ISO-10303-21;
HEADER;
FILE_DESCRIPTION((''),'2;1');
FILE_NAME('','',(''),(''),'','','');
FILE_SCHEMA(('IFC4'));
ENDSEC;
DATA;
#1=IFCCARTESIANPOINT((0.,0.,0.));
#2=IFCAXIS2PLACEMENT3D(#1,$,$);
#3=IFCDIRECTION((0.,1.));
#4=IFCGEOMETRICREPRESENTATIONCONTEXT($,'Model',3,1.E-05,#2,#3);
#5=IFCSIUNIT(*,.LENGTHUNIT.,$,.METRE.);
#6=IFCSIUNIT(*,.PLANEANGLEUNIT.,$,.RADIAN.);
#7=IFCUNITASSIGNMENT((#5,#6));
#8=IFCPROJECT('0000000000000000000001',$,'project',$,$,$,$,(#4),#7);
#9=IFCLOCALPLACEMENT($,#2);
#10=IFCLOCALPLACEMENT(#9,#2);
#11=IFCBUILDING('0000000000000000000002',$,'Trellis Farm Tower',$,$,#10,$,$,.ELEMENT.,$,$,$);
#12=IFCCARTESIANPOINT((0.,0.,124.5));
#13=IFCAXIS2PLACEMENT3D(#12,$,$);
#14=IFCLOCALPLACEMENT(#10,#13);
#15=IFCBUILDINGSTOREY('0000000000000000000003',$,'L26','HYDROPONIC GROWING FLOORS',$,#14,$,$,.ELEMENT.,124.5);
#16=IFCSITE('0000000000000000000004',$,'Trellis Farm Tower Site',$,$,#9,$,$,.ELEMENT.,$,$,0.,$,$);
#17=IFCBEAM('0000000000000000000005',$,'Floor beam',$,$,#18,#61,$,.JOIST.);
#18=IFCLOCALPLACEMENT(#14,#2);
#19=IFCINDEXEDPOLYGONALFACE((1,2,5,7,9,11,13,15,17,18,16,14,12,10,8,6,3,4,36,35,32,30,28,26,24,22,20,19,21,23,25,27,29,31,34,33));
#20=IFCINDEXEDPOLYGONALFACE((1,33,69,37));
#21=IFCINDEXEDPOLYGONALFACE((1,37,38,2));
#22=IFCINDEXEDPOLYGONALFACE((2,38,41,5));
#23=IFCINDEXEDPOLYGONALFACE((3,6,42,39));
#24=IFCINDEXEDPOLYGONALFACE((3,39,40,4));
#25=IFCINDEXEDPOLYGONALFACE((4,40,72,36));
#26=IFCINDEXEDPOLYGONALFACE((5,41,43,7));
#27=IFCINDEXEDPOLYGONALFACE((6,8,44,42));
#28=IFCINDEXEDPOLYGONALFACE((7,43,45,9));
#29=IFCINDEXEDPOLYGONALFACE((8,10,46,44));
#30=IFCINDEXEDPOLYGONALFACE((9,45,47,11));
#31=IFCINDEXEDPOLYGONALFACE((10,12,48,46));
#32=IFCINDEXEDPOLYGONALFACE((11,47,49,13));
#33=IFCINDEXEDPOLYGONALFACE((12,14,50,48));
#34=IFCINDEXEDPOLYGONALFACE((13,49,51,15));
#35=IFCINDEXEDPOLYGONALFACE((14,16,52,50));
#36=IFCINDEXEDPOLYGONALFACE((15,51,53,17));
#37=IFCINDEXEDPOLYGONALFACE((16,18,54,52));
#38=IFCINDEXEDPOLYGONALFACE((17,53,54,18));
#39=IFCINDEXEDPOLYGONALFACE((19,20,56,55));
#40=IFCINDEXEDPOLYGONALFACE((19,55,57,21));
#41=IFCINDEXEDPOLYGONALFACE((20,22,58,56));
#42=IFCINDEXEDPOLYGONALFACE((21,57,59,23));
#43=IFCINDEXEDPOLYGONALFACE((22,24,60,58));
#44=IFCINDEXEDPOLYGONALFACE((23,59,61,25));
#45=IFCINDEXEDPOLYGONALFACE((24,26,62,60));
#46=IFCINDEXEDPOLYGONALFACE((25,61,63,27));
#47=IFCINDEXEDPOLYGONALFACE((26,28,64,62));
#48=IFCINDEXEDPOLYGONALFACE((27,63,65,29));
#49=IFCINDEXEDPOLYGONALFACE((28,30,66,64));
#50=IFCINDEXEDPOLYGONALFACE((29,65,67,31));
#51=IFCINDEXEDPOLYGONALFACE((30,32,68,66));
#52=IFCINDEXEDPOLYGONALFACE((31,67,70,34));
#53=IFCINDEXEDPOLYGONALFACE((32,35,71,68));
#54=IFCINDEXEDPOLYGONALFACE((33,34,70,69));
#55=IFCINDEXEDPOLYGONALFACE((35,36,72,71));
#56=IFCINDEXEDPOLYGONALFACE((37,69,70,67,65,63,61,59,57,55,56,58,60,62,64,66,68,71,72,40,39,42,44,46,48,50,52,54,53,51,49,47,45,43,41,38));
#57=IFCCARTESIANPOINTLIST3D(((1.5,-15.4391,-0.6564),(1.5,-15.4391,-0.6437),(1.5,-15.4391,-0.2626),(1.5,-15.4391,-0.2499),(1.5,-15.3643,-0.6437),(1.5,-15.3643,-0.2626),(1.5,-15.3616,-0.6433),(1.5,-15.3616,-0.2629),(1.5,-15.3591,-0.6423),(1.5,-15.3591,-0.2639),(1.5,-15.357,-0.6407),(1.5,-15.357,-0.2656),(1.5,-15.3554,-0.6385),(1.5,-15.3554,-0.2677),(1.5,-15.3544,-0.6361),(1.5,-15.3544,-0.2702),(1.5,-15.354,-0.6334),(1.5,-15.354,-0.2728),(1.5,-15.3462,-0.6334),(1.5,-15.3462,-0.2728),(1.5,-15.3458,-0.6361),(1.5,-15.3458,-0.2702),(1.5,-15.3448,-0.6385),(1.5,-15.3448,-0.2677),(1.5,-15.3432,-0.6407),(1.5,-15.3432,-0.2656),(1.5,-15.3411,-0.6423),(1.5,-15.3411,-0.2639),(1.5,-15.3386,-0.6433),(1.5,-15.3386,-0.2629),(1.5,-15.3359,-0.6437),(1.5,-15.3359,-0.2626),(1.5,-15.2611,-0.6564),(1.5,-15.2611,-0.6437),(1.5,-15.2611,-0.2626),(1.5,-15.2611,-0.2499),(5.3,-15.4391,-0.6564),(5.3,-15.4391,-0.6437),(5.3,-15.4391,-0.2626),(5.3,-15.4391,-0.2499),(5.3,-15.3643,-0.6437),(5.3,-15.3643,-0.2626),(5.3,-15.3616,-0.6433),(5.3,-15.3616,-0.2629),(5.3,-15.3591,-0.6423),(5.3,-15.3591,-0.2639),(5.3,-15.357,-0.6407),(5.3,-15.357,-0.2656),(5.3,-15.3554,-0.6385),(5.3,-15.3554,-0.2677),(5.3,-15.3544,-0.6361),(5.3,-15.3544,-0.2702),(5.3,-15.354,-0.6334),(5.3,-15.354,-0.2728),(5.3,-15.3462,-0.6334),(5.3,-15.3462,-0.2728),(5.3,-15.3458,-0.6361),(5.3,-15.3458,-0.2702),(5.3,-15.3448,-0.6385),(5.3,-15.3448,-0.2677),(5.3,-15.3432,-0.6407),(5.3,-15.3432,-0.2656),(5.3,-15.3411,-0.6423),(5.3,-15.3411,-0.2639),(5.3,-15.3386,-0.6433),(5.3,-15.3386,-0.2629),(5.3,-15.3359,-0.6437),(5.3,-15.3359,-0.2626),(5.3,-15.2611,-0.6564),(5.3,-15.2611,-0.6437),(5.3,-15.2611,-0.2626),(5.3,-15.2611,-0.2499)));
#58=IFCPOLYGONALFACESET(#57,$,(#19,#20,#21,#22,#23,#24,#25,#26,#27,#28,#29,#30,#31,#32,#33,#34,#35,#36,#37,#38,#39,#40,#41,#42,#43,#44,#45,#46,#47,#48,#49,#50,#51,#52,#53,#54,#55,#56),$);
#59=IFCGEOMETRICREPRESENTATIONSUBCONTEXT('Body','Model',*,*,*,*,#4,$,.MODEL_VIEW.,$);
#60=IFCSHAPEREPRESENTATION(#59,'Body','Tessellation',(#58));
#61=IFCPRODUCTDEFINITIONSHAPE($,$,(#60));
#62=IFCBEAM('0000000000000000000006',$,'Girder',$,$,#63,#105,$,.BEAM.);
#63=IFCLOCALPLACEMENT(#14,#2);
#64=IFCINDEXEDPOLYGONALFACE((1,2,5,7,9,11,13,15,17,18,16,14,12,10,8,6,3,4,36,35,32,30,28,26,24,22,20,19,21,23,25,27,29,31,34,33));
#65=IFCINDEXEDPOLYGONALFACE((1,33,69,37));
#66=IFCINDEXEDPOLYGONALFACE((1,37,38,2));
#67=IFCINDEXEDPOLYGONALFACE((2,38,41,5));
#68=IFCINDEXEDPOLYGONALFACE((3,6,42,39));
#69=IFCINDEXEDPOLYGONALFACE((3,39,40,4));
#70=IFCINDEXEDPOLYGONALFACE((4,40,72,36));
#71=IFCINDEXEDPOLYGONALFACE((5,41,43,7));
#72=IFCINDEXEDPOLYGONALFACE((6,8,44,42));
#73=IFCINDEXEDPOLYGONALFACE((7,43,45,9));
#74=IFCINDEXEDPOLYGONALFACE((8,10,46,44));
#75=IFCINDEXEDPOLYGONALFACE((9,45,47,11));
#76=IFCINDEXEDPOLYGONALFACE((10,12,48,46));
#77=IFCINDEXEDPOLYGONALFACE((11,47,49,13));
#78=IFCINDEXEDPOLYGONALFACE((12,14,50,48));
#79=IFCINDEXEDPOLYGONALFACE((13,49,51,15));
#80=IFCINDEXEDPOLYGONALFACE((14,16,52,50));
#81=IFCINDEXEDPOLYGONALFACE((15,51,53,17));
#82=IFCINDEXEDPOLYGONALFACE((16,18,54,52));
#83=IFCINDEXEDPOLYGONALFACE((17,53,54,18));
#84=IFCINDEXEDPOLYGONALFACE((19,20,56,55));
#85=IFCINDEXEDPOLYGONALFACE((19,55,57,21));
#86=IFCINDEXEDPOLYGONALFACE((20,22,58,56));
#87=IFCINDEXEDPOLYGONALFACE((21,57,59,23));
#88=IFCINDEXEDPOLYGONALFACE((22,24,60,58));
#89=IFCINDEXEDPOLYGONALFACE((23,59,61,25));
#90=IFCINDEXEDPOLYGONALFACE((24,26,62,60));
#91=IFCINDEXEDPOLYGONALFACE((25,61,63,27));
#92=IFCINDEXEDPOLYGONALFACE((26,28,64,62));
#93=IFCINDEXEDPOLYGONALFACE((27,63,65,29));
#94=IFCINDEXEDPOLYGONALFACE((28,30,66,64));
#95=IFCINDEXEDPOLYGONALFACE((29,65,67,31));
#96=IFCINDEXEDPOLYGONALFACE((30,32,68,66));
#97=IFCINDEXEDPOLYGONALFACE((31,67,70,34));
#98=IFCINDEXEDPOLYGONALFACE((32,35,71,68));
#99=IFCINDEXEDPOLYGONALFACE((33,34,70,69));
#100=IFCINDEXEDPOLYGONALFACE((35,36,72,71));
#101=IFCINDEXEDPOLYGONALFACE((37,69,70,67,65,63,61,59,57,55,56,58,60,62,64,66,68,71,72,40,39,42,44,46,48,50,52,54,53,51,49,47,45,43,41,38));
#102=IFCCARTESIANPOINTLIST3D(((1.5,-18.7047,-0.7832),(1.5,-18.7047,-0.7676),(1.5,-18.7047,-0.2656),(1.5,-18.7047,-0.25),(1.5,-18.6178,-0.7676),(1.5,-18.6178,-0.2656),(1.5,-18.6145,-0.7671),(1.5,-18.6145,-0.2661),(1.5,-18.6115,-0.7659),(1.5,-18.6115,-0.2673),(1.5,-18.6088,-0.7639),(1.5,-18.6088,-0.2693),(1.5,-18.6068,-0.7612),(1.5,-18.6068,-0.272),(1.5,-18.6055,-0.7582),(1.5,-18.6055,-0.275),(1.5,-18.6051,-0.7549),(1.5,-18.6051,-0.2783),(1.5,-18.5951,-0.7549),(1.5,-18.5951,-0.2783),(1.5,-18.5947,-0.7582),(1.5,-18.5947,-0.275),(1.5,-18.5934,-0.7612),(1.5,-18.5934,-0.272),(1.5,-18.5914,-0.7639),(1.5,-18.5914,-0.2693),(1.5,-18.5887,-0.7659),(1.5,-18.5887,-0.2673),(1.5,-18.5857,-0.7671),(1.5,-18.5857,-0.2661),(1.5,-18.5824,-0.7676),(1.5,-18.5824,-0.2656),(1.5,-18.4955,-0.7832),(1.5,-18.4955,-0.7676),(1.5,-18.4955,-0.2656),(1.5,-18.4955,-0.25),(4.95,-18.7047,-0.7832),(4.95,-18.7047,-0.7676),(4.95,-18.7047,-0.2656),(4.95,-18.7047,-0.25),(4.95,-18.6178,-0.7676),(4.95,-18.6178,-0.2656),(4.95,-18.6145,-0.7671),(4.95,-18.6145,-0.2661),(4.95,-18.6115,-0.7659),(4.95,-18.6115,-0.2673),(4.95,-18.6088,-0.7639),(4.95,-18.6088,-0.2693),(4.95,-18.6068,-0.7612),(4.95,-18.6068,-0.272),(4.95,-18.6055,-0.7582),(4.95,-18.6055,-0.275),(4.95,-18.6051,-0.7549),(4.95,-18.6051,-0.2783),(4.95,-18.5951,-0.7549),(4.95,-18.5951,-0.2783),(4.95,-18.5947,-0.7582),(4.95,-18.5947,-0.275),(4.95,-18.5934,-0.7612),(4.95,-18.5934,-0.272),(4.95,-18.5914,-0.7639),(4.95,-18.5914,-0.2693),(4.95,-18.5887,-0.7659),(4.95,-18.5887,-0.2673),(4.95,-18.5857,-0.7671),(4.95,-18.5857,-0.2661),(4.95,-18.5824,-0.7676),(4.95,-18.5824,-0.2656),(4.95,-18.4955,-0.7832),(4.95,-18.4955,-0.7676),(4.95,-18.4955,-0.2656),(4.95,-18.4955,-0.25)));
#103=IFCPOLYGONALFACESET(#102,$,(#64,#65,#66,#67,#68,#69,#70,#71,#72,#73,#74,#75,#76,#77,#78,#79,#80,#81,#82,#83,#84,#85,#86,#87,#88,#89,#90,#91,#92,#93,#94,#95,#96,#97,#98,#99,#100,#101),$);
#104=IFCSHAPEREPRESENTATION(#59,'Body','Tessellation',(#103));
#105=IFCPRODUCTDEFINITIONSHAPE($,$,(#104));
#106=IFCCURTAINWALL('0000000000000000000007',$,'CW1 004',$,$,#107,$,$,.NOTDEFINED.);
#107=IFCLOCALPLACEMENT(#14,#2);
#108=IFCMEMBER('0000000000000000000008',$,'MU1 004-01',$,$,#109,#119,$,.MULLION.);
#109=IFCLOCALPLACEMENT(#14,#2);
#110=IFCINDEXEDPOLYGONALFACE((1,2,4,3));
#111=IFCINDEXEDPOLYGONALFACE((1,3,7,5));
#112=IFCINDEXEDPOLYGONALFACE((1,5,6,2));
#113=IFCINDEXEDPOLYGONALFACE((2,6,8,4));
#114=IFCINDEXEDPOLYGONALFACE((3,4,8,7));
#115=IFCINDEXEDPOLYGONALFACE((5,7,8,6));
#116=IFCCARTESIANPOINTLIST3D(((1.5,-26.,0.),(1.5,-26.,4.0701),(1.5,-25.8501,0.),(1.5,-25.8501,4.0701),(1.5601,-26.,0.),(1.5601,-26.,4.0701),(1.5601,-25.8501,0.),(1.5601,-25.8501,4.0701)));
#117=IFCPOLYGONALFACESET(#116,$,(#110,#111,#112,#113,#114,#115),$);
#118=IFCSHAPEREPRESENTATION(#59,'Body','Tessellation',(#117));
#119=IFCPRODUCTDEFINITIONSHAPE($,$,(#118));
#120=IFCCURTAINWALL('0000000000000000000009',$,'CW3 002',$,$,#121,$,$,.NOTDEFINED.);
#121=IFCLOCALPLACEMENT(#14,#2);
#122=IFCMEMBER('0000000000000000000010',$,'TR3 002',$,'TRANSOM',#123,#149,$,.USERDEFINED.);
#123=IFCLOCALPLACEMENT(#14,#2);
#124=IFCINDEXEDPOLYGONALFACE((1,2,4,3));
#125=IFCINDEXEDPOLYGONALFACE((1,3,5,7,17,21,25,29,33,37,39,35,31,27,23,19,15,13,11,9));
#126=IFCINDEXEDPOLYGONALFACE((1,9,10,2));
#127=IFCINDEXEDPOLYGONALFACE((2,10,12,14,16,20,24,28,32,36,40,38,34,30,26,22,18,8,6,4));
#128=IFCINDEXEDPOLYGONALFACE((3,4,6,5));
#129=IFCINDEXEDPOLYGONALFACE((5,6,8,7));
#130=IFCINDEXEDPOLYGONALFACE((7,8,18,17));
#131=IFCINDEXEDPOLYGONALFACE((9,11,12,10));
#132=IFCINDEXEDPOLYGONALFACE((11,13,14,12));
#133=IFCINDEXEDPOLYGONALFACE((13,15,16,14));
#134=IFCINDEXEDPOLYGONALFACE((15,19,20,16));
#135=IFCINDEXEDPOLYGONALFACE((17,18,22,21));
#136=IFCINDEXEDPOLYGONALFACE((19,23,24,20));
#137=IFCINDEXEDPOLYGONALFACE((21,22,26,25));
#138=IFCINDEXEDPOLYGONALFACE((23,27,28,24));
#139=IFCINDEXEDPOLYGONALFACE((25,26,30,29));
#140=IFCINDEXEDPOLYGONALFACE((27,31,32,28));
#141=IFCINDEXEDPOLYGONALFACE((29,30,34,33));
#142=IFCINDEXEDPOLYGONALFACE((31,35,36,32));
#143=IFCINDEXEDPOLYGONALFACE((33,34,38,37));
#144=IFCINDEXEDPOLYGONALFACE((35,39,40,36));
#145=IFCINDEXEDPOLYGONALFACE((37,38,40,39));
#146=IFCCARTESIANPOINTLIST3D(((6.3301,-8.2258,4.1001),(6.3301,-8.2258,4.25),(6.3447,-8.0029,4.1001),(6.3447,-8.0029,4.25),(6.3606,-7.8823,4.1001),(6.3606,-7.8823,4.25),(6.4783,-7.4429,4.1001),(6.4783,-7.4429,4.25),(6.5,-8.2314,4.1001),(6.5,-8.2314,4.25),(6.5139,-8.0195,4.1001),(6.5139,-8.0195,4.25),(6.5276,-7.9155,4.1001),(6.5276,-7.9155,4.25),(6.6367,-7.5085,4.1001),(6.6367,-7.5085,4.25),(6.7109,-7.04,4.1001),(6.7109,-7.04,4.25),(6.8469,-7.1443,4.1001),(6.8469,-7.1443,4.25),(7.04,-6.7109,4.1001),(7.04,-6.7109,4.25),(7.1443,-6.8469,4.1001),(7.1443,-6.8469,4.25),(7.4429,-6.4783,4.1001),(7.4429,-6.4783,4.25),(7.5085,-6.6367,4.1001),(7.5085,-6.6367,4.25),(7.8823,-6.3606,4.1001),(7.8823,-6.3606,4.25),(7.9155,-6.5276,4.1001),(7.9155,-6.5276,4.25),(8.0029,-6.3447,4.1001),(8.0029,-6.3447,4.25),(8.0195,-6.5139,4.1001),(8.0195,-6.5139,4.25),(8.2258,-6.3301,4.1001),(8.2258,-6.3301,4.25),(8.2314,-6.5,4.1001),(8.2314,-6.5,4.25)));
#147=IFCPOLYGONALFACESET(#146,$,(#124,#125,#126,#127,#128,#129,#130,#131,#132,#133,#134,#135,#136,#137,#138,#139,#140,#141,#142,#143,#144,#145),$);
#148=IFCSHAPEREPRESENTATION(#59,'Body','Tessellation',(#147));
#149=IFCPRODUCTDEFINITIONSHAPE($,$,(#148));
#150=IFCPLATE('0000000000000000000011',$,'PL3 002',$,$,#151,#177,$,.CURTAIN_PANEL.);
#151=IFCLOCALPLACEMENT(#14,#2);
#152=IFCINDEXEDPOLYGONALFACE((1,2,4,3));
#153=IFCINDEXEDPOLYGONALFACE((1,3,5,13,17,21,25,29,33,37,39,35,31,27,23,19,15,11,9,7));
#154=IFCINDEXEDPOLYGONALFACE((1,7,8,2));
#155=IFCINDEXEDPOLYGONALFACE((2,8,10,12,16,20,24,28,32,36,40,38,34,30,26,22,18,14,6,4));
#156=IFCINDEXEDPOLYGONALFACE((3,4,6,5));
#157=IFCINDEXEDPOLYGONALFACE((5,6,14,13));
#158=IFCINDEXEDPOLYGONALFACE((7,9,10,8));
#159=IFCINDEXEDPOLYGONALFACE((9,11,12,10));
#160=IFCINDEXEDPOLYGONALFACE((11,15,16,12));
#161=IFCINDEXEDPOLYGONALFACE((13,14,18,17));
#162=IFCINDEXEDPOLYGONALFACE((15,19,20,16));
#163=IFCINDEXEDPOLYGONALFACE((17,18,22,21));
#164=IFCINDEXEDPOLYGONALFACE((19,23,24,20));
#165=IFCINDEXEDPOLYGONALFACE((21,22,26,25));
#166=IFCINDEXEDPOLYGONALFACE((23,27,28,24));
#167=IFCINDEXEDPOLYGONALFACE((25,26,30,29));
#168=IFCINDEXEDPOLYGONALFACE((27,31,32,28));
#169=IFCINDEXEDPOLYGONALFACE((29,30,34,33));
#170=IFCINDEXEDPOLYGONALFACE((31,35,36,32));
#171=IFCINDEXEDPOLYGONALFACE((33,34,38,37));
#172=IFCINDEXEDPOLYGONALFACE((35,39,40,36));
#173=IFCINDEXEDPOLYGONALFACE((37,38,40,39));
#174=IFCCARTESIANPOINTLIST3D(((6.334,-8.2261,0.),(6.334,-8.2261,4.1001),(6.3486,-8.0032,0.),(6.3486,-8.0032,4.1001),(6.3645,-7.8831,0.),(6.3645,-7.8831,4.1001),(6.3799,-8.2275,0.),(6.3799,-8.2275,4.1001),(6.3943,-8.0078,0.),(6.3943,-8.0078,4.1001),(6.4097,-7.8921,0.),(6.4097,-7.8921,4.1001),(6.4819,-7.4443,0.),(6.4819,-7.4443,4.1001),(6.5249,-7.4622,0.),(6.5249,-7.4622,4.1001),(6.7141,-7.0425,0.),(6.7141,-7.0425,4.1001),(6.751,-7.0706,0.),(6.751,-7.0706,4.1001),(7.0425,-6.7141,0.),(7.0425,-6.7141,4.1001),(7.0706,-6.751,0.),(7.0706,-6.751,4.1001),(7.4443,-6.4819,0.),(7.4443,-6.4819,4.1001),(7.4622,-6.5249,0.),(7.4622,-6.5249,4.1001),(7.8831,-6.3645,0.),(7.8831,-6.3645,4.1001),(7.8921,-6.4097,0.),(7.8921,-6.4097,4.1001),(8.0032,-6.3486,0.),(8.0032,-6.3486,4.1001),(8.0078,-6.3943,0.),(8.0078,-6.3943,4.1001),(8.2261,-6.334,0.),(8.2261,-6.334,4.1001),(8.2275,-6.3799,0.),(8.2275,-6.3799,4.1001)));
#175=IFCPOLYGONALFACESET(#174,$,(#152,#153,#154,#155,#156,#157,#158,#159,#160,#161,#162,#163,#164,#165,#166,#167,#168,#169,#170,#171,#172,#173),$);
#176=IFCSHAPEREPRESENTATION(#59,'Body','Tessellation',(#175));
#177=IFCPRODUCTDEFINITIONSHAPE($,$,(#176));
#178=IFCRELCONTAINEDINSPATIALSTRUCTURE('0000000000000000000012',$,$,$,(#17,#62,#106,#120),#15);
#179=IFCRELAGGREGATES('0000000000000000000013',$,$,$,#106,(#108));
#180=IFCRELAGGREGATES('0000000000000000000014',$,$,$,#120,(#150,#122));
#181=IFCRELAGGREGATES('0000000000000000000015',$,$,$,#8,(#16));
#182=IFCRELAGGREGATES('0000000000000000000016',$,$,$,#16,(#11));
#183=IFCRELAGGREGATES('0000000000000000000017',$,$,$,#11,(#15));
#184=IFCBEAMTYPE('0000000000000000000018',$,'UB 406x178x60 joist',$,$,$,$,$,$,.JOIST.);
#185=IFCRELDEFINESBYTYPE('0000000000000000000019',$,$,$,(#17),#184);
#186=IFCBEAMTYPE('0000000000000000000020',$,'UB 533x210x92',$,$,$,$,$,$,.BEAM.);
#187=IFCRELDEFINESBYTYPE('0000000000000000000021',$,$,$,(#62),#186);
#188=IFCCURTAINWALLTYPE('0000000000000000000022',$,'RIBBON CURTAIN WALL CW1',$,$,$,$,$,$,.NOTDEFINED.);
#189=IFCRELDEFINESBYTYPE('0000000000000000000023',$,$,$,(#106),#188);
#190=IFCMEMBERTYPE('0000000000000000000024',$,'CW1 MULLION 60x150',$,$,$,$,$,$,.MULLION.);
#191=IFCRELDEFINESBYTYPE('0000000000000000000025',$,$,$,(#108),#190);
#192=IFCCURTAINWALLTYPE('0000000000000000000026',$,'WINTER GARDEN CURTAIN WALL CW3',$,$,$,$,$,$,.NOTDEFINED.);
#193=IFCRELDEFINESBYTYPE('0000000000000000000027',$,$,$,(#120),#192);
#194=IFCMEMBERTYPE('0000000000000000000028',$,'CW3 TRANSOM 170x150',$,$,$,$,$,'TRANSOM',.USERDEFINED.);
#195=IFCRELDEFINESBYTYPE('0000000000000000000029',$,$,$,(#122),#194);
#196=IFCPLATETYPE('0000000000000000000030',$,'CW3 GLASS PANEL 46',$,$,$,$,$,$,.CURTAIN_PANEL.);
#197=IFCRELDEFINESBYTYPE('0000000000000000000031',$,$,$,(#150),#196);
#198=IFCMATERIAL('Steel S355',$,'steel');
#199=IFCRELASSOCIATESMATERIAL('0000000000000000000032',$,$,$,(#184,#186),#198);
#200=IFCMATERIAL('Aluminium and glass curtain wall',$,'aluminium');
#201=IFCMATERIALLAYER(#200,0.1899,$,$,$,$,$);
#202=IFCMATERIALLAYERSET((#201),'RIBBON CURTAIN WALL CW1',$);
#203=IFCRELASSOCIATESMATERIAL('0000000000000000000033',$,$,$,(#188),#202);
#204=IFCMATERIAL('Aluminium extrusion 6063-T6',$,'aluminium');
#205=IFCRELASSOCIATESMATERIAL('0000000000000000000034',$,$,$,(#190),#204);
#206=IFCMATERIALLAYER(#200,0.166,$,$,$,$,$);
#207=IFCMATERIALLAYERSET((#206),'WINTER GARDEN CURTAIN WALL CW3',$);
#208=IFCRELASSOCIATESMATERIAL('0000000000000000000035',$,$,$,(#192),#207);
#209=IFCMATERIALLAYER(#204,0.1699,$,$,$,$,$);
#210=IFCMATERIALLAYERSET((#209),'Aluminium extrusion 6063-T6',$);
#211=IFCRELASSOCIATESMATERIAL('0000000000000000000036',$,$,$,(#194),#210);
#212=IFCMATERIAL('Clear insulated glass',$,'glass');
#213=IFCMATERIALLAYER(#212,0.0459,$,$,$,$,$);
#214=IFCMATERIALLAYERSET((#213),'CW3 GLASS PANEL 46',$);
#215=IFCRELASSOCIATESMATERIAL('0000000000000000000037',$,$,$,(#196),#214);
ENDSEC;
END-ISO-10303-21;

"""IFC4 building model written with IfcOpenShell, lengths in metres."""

from ifc_helpers import new_model, si_unit, direction, frame, origin, origin_2d, place, context, subcontext, project, spatial, polyline, rectangle, i_section, outline, extrude, source, transform, mapped, material, layer, layer_set, material_profile, profile_set, type_object, element, aggregate, save


model = new_model("IFC4")

# Units and contexts
model_context = context("Model", 3, precision=1e-05, world=origin(), true_north=direction((0.0, 1.0)))
body_context = subcontext(model_context, "Body", "Model", "MODEL_VIEW")
ifc_project = project(units=[si_unit("LENGTHUNIT", "METRE"), si_unit("PLANEANGLEUNIT", "RADIAN")], contexts=[model_context])

# Site, building, storey
site_placement = place(None, origin())
site = spatial("IfcSite", under=ifc_project, at=site_placement, Name="Trellis Farm Tower Site", CompositionType="ELEMENT", RefElevation=0.0)
building_placement = place(site_placement, origin())
building = spatial("IfcBuilding", under=site, at=building_placement, Name="Trellis Farm Tower", CompositionType="ELEMENT")
storey_placement = place(building_placement, frame((0.0, 0.0, 124.5)))
storey = spatial("IfcBuildingStorey", under=building, at=storey_placement, Name="L26", Description="HYDROPONIC GROWING FLOORS", CompositionType="ELEMENT", Elevation=124.5)

# Beams
ifc_material_1 = material(Name="Steel S355", Category="steel")
ifc_material_profile_1 = material_profile(ifc_material_1, i_section(OverallWidth=0.178, OverallDepth=0.4065, WebThickness=0.0078, FlangeThickness=0.0127, FilletRadius=0.0103, at=origin_2d()), Name="UB 406x178x60")
ifc_profile_set_1 = profile_set([ifc_material_profile_1], Name="Steel S355")
beam_type_1 = type_object("IfcBeamType", Name="UB 406x178x60 joist", PredefinedType="JOIST", material=ifc_profile_set_1)
shared_shape_1 = source(origin(), body_context, "Body", "SweptSolid", [
    extrude(i_section(OverallWidth=0.178, OverallDepth=0.4065, WebThickness=0.0078, FlangeThickness=0.0127, FilletRadius=0.0103, at=origin_2d()), origin(), (0.0, 0.0, 1.0), 3.8),
])
beam_1_placement = place(storey_placement, frame((1.5, -15.3501, -0.4531), z_axis=(1.0, 0.0, 0.0), x_axis=(0.0, 1.0, 0.0)))
element("IfcBeam", 1, at=beam_1_placement, inside=storey, type_object=beam_type_1, Name="Floor beam", PredefinedType="JOIST", context=body_context, shape_type="MappedRepresentation", body=[
    mapped(shared_shape_1, transform((0.0, 0.0, 0.0))),
])
ifc_material_profile_2 = material_profile(ifc_material_1, i_section(OverallWidth=0.2092, OverallDepth=0.5332, WebThickness=0.01, FlangeThickness=0.0156, FilletRadius=0.0127, at=origin_2d()), Name="UB 533x210x92")
ifc_profile_set_2 = profile_set([ifc_material_profile_2], Name="Steel S355")
beam_type_2 = type_object("IfcBeamType", Name="UB 533x210x92", PredefinedType="BEAM", material=ifc_profile_set_2)
shared_shape_2 = source(origin(), body_context, "Body", "SweptSolid", [
    extrude(i_section(OverallWidth=0.2092, OverallDepth=0.5332, WebThickness=0.01, FlangeThickness=0.0156, FilletRadius=0.0127, at=origin_2d()), origin(), (0.0, 0.0, 1.0), 3.45),
])
beam_2_placement = place(storey_placement, frame((1.5, -18.6001, -0.5166), z_axis=(1.0, 0.0, 0.0), x_axis=(0.0, 1.0, 0.0)))
element("IfcBeam", 2, at=beam_2_placement, inside=storey, type_object=beam_type_2, Name="Girder", PredefinedType="BEAM", context=body_context, shape_type="MappedRepresentation", body=[
    mapped(shared_shape_2, transform((0.0, 0.0, 0.0))),
])

# Curtain wall, member
ifc_material_2 = material(Name="Aluminium and glass curtain wall", Category="aluminium")
ifc_layer_1 = layer(ifc_material_2, 0.1899)
ifc_layer_set_1 = layer_set([ifc_layer_1], Name="RIBBON CURTAIN WALL CW1")
curtain_wall_type_1 = type_object("IfcCurtainWallType", Name="RIBBON CURTAIN WALL CW1", PredefinedType="NOTDEFINED", material=ifc_layer_set_1)
placement = place(storey_placement, origin())
curtain_wall_1 = element("IfcCurtainWall", 3, at=placement, inside=storey, type_object=curtain_wall_type_1, Name="CW1 004", PredefinedType="NOTDEFINED")
ifc_material_3 = material(Name="Aluminium extrusion 6063-T6", Category="aluminium")
ifc_material_profile_3 = material_profile(ifc_material_3, rectangle(XDim=0.0601, YDim=0.1499, at=origin_2d()), Name="MULLION 60x150")
ifc_profile_set_3 = profile_set([ifc_material_profile_3], Name="Aluminium extrusion 6063-T6")
member_type_1 = type_object("IfcMemberType", Name="CW1 MULLION 60x150", PredefinedType="MULLION", material=ifc_profile_set_3)
shared_shape_3 = source(origin(), body_context, "Body", "SweptSolid", [
    extrude(rectangle(XDim=0.0601, YDim=0.1499, at=origin_2d()), origin(), (0.0, 0.0, 1.0), 4.0701),
])
member_1_placement = place(storey_placement, frame((1.53, -25.925, 0.0), z_axis=(0.0, 0.0, 1.0), x_axis=(1.0, 0.0, 0.0)))
member_1 = element("IfcMember", 4, at=member_1_placement, type_object=member_type_1, Name="MU1 004-01", PredefinedType="MULLION", context=body_context, shape_type="MappedRepresentation", body=[
    mapped(shared_shape_3, transform((0.0, 0.0, 0.0))),
])
aggregate(curtain_wall_1, [member_1])

# Curtain wall, member, plate
ifc_layer_2 = layer(ifc_material_2, 0.166)
ifc_layer_set_2 = layer_set([ifc_layer_2], Name="WINTER GARDEN CURTAIN WALL CW3")
curtain_wall_type_2 = type_object("IfcCurtainWallType", Name="WINTER GARDEN CURTAIN WALL CW3", PredefinedType="NOTDEFINED", material=ifc_layer_set_2)
curtain_wall_2 = element("IfcCurtainWall", 5, at=placement, inside=storey, type_object=curtain_wall_type_2, Name="CW3 002", PredefinedType="NOTDEFINED")
ifc_layer_3 = layer(ifc_material_3, 0.1699)
ifc_layer_set_3 = layer_set([ifc_layer_3], Name="Aluminium extrusion 6063-T6")
member_type_2 = type_object("IfcMemberType", Name="CW3 TRANSOM 170x150", ElementType="TRANSOM", PredefinedType="USERDEFINED", material=ifc_layer_set_3)
shared_shape_4 = source(origin(), body_context, "Body", "SweptSolid", [
    extrude(outline(polyline([(6.5, -8.2314), (6.5139, -8.0195), (6.5276, -7.9155), (6.6367, -7.5085), (6.8469, -7.1443), (7.1443, -6.8469), (7.5085, -6.6367), (7.9155, -6.5276), (8.0195, -6.5139), (8.2314, -6.5), (8.2258, -6.3301), (8.0029, -6.3447), (7.8823, -6.3606), (7.4429, -6.4783), (7.04, -6.7109), (6.7109, -7.04), (6.4783, -7.4429), (6.3606, -7.8823), (6.3447, -8.0029), (6.3301, -8.2258), (6.5, -8.2314)])), origin(), (0.0, 0.0, 1.0), 0.1499),
])
member_2_placement = place(storey_placement, frame((0.0, 0.0, 4.1001)))
member_2 = element("IfcMember", 6, at=member_2_placement, type_object=member_type_2, Name="TR3 002", ObjectType="TRANSOM", PredefinedType="USERDEFINED", context=body_context, shape_type="MappedRepresentation", body=[
    mapped(shared_shape_4, transform((0.0, 0.0, 0.0))),
])
ifc_material_4 = material(Name="Clear insulated glass", Category="glass")
ifc_layer_4 = layer(ifc_material_4, 0.0459)
ifc_layer_set_4 = layer_set([ifc_layer_4], Name="CW3 GLASS PANEL 46")
plate_type_1 = type_object("IfcPlateType", Name="CW3 GLASS PANEL 46", PredefinedType="CURTAIN_PANEL", material=ifc_layer_set_4)
shared_shape_5 = source(origin(), body_context, "Body", "SweptSolid", [
    extrude(outline(polyline([(6.3799, -8.2275), (6.3943, -8.0078), (6.4097, -7.8921), (6.5249, -7.4622), (6.751, -7.0706), (7.0706, -6.751), (7.4622, -6.5249), (7.8921, -6.4097), (8.0078, -6.3943), (8.2275, -6.3799), (8.2261, -6.334), (8.0032, -6.3486), (7.8831, -6.3645), (7.4443, -6.4819), (7.0425, -6.7141), (6.7141, -7.0425), (6.4819, -7.4443), (6.3645, -7.8831), (6.3486, -8.0032), (6.334, -8.2261), (6.3799, -8.2275)])), origin(), (0.0, 0.0, 1.0), 4.1001),
])
plate_1 = element("IfcPlate", 7, at=placement, type_object=plate_type_1, Name="PL3 002", PredefinedType="CURTAIN_PANEL", context=body_context, shape_type="MappedRepresentation", body=[
    mapped(shared_shape_5, transform((0.0, 0.0, 0.0))),
])
aggregate(curtain_wall_2, [plate_1, member_2])

save(model, "model.ifc")
